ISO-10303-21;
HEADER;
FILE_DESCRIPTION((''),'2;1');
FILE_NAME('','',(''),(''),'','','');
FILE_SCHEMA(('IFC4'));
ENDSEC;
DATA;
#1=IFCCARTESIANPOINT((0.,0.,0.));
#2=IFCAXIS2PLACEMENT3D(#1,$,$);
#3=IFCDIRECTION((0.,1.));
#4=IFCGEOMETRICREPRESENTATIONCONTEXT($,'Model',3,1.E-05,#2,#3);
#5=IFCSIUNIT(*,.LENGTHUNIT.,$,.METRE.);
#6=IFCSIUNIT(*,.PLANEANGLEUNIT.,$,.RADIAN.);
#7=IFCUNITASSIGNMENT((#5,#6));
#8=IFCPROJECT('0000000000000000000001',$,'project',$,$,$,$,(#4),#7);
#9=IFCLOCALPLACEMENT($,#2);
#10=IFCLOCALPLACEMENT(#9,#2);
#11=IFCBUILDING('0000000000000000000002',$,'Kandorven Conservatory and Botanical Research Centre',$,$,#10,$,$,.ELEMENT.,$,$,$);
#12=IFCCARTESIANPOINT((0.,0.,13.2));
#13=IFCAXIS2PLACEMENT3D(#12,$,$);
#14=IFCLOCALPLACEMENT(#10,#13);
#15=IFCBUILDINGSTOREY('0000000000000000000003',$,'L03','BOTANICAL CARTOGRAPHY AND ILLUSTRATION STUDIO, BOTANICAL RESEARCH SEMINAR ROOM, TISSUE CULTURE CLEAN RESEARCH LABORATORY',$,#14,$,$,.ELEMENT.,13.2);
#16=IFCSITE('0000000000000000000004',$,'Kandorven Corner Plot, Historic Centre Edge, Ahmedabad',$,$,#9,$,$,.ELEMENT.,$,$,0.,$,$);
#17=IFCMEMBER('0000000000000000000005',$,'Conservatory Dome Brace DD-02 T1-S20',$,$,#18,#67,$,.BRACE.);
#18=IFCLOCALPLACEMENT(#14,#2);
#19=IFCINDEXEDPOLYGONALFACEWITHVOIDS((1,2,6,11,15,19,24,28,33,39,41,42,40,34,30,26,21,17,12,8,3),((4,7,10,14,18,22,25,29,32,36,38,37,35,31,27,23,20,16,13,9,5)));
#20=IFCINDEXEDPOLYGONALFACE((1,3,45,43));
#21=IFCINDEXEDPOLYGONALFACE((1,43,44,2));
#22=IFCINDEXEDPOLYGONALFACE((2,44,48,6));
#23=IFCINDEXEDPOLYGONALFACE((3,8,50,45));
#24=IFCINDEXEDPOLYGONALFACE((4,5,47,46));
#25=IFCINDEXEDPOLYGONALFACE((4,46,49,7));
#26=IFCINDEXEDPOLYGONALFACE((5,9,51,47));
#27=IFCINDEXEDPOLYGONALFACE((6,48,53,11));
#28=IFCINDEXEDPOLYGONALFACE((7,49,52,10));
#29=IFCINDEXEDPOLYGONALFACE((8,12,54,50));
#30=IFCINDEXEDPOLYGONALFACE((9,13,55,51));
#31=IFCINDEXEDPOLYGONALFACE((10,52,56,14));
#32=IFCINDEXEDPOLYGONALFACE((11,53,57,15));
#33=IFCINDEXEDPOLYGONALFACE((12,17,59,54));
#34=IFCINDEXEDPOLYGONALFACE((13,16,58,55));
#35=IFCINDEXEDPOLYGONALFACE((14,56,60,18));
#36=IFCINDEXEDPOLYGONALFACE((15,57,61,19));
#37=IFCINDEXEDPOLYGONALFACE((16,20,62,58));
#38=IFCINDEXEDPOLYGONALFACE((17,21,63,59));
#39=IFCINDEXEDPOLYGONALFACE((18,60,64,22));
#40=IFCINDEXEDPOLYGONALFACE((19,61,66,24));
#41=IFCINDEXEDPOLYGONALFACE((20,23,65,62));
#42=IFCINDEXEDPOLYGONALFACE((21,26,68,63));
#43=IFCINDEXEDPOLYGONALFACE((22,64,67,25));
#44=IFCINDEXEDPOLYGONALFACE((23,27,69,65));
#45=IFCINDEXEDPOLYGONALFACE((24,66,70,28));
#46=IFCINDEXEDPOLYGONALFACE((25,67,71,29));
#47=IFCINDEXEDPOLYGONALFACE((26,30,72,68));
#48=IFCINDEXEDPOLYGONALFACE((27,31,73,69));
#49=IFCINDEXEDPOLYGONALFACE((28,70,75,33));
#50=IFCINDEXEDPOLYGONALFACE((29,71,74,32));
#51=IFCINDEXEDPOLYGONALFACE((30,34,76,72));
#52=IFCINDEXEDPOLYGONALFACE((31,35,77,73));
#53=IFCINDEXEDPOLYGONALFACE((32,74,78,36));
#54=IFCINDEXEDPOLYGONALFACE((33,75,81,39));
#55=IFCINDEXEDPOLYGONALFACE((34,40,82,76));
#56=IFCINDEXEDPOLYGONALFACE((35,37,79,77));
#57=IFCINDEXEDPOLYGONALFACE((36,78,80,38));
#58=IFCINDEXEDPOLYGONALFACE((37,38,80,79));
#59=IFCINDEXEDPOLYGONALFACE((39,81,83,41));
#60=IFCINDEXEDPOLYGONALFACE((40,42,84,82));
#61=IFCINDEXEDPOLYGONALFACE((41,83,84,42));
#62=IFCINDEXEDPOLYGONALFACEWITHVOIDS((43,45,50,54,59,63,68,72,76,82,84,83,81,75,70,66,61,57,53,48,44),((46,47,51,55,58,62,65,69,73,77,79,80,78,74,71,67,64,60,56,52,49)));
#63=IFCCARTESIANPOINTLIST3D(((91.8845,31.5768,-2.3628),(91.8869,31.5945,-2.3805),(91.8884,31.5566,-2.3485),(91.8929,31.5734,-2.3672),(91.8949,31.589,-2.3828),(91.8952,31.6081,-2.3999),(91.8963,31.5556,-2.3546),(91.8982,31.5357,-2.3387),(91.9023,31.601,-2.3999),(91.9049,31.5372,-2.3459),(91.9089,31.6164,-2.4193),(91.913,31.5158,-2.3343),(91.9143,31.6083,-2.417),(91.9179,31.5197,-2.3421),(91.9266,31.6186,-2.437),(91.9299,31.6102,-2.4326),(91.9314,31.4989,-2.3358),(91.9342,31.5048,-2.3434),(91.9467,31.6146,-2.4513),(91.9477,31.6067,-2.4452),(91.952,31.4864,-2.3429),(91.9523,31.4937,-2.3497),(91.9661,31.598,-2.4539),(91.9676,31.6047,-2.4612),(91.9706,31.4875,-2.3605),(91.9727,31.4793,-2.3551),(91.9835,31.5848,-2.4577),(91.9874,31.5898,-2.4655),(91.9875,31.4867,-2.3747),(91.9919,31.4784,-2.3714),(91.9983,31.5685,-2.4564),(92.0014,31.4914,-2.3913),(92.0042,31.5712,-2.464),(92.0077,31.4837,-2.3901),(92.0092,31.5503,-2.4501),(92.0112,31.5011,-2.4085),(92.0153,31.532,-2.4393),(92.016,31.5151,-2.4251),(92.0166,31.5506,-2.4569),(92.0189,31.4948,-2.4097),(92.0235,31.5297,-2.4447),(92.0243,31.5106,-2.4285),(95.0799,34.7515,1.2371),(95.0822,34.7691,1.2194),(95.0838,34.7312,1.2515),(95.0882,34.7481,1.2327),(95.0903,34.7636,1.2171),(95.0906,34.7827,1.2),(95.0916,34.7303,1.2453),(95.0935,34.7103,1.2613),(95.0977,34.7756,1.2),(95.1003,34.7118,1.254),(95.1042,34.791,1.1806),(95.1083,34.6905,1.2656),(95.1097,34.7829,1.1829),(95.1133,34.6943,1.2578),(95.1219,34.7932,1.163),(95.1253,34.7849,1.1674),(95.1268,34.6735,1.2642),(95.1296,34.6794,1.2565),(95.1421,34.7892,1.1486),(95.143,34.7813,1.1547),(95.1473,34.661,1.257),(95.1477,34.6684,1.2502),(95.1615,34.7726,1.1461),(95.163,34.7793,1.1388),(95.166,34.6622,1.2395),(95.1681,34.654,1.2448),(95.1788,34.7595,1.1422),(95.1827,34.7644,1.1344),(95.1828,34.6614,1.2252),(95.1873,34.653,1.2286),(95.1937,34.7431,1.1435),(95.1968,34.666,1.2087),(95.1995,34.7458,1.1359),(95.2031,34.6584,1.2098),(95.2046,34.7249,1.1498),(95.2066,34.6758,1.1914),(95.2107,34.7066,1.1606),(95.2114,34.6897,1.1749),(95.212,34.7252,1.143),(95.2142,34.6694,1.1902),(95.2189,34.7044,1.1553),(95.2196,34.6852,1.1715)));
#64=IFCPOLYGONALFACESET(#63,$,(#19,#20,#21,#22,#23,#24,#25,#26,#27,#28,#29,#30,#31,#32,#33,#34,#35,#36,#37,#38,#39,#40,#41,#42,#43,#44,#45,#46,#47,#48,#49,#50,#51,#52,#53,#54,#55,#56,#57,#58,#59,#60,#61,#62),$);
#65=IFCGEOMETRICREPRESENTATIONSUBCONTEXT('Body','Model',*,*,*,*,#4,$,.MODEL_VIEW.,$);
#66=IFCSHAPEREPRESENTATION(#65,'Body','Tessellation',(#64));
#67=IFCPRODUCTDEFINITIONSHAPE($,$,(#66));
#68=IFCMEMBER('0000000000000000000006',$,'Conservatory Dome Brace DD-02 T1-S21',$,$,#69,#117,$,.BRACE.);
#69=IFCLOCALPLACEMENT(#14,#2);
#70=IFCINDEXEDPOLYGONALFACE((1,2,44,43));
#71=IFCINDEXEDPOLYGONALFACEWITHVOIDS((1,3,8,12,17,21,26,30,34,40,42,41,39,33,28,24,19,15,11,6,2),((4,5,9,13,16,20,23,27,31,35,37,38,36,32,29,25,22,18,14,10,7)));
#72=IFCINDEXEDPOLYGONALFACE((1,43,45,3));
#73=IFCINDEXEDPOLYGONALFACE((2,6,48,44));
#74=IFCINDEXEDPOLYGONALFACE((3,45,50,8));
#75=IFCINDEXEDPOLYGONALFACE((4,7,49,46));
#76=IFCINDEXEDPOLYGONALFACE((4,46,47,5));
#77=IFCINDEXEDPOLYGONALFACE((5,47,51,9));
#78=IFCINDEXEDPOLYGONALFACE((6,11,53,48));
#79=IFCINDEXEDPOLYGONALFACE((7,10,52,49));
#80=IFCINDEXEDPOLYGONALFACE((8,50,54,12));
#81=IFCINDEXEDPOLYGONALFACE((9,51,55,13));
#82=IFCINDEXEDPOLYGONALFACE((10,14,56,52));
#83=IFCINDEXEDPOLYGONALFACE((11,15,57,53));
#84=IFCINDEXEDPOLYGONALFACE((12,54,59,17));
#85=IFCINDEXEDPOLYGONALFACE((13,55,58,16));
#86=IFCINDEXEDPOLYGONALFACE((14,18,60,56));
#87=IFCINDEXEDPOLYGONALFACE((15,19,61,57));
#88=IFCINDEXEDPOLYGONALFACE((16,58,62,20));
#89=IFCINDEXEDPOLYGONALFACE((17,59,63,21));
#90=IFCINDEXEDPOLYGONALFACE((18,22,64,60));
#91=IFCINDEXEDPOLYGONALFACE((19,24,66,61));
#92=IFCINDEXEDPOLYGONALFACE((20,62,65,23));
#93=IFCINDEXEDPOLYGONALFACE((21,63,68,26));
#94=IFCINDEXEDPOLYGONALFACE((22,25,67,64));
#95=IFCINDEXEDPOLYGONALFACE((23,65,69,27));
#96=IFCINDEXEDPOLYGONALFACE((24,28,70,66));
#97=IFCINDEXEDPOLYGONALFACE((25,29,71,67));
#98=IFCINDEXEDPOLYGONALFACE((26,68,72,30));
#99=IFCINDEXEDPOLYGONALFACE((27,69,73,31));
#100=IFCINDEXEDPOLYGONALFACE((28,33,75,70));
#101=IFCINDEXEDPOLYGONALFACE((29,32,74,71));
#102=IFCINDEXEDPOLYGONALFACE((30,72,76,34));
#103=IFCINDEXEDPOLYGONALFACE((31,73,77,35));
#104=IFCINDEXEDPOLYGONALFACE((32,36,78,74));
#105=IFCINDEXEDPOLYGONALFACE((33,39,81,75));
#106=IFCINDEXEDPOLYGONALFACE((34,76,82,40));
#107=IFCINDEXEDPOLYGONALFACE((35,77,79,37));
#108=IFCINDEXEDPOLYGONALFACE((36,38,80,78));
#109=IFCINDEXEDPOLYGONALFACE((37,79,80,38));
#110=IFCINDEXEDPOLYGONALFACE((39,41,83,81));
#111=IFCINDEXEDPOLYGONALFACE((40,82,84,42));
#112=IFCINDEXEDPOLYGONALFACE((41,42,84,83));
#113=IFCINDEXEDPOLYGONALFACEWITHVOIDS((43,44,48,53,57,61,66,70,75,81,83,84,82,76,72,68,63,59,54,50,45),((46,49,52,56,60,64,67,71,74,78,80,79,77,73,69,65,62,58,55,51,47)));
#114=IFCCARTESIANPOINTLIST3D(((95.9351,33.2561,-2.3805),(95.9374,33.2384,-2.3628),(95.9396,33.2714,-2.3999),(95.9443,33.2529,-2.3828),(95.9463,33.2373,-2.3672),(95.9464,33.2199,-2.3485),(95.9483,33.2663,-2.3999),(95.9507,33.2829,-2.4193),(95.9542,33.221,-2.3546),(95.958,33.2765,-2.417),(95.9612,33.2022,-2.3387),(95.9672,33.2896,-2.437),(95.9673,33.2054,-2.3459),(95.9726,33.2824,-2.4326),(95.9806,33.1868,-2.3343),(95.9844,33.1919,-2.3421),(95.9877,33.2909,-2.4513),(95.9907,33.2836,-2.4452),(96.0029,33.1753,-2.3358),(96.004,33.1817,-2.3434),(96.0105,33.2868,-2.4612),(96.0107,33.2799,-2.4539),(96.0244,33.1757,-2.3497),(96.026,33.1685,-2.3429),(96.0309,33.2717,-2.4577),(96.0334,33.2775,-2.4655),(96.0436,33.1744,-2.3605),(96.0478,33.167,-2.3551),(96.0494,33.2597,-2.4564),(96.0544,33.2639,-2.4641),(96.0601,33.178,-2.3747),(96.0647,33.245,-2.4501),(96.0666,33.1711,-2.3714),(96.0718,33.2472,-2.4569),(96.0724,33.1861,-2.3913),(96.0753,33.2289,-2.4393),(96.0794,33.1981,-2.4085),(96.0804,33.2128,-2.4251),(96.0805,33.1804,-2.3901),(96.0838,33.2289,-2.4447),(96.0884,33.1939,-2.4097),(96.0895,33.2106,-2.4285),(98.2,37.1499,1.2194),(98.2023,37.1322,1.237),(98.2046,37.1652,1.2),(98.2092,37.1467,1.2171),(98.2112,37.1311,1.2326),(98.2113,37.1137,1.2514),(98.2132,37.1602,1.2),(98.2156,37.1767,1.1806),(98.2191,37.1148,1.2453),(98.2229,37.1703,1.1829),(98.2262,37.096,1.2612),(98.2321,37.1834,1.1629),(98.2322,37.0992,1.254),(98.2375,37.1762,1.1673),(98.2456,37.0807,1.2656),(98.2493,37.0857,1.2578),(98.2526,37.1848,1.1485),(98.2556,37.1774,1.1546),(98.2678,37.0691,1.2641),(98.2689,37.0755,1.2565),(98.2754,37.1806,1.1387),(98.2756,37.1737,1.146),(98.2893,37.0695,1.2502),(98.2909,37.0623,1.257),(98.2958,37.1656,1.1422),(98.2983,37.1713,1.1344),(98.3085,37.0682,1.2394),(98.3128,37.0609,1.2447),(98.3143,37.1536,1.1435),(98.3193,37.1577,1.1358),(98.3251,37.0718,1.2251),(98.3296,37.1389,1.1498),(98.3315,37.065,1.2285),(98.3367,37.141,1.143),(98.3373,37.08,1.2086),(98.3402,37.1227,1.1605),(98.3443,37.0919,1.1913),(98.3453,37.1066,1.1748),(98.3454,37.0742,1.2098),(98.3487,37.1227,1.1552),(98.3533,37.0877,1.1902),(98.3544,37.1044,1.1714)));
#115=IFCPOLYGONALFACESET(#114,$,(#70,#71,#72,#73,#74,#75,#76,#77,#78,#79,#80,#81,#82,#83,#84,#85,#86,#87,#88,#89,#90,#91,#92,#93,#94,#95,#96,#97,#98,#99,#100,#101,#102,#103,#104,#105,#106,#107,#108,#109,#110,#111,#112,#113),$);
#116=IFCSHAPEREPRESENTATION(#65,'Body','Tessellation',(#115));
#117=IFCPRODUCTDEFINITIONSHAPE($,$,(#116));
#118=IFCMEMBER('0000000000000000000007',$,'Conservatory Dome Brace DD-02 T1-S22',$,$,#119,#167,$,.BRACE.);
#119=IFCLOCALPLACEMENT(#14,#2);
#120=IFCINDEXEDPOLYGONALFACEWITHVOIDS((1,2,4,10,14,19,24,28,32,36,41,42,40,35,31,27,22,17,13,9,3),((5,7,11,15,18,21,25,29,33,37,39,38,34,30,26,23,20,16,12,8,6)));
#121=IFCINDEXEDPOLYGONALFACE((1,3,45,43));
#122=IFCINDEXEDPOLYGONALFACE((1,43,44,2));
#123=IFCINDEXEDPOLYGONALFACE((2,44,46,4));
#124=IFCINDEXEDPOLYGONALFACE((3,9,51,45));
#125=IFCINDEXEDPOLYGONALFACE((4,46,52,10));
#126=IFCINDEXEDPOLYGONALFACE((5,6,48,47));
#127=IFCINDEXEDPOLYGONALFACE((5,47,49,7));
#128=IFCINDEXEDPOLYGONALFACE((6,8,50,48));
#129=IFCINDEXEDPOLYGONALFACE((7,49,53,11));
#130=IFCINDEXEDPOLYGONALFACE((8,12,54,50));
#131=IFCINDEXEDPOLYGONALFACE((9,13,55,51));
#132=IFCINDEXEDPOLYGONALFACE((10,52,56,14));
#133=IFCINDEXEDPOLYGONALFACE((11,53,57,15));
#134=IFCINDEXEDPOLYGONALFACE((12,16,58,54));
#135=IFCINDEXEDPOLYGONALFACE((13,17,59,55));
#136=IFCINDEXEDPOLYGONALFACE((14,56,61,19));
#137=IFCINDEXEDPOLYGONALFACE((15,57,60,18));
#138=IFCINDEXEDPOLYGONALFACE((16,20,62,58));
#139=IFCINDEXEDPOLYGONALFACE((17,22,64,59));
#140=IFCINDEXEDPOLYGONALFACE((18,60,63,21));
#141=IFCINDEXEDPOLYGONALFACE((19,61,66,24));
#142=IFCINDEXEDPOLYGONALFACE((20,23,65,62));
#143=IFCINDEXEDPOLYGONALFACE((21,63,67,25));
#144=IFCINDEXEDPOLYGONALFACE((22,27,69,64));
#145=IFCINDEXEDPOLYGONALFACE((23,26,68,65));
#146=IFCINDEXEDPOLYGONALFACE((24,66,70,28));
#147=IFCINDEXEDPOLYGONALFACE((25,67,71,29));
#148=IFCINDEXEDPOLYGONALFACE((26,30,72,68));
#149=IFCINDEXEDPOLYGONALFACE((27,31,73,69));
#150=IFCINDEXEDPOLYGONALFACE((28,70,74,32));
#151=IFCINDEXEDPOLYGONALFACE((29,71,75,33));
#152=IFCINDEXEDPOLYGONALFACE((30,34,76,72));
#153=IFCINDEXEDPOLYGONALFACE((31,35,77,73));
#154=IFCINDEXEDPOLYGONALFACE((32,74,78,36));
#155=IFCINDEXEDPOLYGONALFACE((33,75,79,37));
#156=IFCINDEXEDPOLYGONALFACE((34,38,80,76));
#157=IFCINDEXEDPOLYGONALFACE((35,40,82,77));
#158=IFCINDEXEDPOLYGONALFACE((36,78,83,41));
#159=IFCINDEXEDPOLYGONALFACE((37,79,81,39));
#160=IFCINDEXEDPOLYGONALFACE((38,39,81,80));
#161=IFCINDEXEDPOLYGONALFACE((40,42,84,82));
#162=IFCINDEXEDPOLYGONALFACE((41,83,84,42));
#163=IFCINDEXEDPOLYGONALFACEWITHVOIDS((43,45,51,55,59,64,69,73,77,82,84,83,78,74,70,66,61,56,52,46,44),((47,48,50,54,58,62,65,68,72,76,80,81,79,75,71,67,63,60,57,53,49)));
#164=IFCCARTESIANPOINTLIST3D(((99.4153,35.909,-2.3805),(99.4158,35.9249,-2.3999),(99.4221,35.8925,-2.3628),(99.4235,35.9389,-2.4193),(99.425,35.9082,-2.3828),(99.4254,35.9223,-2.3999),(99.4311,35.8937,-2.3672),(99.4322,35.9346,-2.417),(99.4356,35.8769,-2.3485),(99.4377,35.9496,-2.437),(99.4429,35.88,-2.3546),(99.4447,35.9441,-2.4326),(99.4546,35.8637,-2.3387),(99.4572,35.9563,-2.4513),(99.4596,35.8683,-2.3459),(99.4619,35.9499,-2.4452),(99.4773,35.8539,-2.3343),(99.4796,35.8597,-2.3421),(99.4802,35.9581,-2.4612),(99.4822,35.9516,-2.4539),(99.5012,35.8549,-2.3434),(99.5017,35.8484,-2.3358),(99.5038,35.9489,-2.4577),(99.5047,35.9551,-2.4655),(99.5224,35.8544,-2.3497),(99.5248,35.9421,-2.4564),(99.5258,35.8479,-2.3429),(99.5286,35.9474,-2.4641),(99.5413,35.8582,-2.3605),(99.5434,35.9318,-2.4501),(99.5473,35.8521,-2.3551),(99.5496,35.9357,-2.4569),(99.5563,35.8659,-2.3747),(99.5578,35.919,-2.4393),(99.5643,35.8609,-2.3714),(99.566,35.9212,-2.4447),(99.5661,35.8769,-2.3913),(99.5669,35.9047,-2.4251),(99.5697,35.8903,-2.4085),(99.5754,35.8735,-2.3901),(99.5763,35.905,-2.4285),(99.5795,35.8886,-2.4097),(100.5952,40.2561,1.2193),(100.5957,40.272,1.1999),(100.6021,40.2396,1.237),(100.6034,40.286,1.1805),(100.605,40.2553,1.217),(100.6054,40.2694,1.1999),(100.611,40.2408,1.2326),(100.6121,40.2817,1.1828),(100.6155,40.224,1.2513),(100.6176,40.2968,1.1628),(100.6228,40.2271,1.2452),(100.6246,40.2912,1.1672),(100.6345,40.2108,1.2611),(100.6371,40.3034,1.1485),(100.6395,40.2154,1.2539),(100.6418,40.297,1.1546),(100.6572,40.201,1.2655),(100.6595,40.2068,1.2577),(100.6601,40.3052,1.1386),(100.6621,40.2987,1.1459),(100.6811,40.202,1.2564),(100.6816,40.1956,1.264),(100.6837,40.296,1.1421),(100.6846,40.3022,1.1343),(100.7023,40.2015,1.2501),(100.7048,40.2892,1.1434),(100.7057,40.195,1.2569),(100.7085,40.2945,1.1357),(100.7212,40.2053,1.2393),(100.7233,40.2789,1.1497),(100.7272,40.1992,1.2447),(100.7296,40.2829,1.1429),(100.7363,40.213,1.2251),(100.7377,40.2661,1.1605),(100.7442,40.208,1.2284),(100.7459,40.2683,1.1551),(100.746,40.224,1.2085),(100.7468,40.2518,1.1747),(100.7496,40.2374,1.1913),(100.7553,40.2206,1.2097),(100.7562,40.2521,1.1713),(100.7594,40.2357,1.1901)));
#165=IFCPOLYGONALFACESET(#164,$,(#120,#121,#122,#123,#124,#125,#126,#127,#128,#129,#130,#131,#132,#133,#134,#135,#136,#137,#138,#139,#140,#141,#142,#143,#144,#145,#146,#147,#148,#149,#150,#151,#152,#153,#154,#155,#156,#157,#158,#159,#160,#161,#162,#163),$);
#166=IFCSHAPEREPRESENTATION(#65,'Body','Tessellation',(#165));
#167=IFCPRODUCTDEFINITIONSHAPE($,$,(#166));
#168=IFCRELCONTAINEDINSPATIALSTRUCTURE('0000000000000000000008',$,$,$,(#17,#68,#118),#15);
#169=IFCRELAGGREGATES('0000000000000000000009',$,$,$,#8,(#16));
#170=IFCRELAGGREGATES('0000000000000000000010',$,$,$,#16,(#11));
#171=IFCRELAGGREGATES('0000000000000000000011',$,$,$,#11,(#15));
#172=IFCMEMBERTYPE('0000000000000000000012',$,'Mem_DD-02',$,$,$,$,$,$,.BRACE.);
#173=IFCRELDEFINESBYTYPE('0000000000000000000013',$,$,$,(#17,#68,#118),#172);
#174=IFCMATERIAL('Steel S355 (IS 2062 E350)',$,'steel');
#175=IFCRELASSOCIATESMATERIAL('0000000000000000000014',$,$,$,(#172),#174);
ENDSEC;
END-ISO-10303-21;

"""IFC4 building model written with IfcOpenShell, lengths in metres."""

from ifc_helpers import new_model, si_unit, direction, frame, origin, origin_2d, place, context, subcontext, project, spatial, hollow_circle, extrude, material, material_profile, profile_set, type_object, element, save


model = new_model("IFC4")

# Units and contexts
model_context = context("Model", 3, precision=1e-05, world=origin(), true_north=direction((0.0, 1.0)))
body_context = subcontext(model_context, "Body", "Model", "MODEL_VIEW")
ifc_project = project(units=[si_unit("LENGTHUNIT", "METRE"), si_unit("PLANEANGLEUNIT", "RADIAN")], contexts=[model_context])

# Site, building, storey
site_placement = place(None, origin())
site = spatial("IfcSite", under=ifc_project, at=site_placement, Name="Kandorven Corner Plot, Historic Centre Edge, Ahmedabad", CompositionType="ELEMENT", RefElevation=0.0)
building_placement = place(site_placement, origin())
building = spatial("IfcBuilding", under=site, at=building_placement, Name="Kandorven Conservatory and Botanical Research Centre", CompositionType="ELEMENT")
storey_placement = place(building_placement, frame((0.0, 0.0, 13.2)))
storey = spatial("IfcBuildingStorey", under=building, at=storey_placement, Name="L03", Description="BOTANICAL CARTOGRAPHY AND ILLUSTRATION STUDIO, BOTANICAL RESEARCH SEMINAR ROOM, TISSUE CULTURE CLEAN RESEARCH LABORATORY", CompositionType="ELEMENT", Elevation=13.2)

# Members
ifc_material_1 = material(Name="Steel S355 (IS 2062 E350)", Category="steel")
ifc_material_profile_1 = material_profile(ifc_material_1, hollow_circle(Radius=0.0842, WallThickness=0.01, at=origin_2d()))
ifc_profile_set_1 = profile_set([ifc_material_profile_1], Name="Steel S355 (IS 2062 E350)")
member_type_1 = type_object("IfcMemberType", Name="Mem_DD-02", PredefinedType="BRACE", material=ifc_profile_set_1)
member_1_placement = place(storey_placement, frame((91.9546, 31.5483, -2.3999), z_axis=(0.554164, 0.550565, 0.624324), x_axis=(-0.704799, 0.709407, 0.0)))
element("IfcMember", 1, at=member_1_placement, inside=storey, type_object=member_type_1, Name="Conservatory Dome Brace DD-02 T1-S20", PredefinedType="BRACE", context=body_context, shape_type="SweptSolid", body=[
    extrude(hollow_circle(Radius=0.0842, WallThickness=0.01, at=origin_2d()), origin(), (0.0, 0.0, 1.0), 5.7661),
])
member_2_placement = place(storey_placement, frame((96.0125, 33.229, -2.3999), z_axis=(0.39278, 0.675267, 0.62429), x_axis=(-0.864405, 0.502796, 0.0)))
element("IfcMember", 2, at=member_2_placement, inside=storey, type_object=member_type_1, Name="Conservatory Dome Brace DD-02 T1-S21", PredefinedType="BRACE", context=body_context, shape_type="SweptSolid", body=[
    extrude(hollow_circle(Radius=0.0842, WallThickness=0.01, at=origin_2d()), origin(), (0.0, 0.0, 1.0), 5.7664),
])
for number, where, z_axis, x_axis, name in (
    (3, (99.4971, 35.9028, -2.3999), (0.204629, 0.753905, 0.624303), (-0.965082, 0.261948, 0.0), "Conservatory Dome Brace DD-02 T1-S22"),
):
    element("IfcMember", number, at=place(storey_placement, frame(where, z_axis=z_axis, x_axis=x_axis)), inside=storey, type_object=member_type_1, Name=name, PredefinedType="BRACE", context=body_context, shape_type="SweptSolid", body=[
        extrude(hollow_circle(Radius=0.0842, WallThickness=0.01, at=origin_2d()), origin(), (0.0, 0.0, 1.0), 5.7661),
    ])

save(model, "model.ifc")
